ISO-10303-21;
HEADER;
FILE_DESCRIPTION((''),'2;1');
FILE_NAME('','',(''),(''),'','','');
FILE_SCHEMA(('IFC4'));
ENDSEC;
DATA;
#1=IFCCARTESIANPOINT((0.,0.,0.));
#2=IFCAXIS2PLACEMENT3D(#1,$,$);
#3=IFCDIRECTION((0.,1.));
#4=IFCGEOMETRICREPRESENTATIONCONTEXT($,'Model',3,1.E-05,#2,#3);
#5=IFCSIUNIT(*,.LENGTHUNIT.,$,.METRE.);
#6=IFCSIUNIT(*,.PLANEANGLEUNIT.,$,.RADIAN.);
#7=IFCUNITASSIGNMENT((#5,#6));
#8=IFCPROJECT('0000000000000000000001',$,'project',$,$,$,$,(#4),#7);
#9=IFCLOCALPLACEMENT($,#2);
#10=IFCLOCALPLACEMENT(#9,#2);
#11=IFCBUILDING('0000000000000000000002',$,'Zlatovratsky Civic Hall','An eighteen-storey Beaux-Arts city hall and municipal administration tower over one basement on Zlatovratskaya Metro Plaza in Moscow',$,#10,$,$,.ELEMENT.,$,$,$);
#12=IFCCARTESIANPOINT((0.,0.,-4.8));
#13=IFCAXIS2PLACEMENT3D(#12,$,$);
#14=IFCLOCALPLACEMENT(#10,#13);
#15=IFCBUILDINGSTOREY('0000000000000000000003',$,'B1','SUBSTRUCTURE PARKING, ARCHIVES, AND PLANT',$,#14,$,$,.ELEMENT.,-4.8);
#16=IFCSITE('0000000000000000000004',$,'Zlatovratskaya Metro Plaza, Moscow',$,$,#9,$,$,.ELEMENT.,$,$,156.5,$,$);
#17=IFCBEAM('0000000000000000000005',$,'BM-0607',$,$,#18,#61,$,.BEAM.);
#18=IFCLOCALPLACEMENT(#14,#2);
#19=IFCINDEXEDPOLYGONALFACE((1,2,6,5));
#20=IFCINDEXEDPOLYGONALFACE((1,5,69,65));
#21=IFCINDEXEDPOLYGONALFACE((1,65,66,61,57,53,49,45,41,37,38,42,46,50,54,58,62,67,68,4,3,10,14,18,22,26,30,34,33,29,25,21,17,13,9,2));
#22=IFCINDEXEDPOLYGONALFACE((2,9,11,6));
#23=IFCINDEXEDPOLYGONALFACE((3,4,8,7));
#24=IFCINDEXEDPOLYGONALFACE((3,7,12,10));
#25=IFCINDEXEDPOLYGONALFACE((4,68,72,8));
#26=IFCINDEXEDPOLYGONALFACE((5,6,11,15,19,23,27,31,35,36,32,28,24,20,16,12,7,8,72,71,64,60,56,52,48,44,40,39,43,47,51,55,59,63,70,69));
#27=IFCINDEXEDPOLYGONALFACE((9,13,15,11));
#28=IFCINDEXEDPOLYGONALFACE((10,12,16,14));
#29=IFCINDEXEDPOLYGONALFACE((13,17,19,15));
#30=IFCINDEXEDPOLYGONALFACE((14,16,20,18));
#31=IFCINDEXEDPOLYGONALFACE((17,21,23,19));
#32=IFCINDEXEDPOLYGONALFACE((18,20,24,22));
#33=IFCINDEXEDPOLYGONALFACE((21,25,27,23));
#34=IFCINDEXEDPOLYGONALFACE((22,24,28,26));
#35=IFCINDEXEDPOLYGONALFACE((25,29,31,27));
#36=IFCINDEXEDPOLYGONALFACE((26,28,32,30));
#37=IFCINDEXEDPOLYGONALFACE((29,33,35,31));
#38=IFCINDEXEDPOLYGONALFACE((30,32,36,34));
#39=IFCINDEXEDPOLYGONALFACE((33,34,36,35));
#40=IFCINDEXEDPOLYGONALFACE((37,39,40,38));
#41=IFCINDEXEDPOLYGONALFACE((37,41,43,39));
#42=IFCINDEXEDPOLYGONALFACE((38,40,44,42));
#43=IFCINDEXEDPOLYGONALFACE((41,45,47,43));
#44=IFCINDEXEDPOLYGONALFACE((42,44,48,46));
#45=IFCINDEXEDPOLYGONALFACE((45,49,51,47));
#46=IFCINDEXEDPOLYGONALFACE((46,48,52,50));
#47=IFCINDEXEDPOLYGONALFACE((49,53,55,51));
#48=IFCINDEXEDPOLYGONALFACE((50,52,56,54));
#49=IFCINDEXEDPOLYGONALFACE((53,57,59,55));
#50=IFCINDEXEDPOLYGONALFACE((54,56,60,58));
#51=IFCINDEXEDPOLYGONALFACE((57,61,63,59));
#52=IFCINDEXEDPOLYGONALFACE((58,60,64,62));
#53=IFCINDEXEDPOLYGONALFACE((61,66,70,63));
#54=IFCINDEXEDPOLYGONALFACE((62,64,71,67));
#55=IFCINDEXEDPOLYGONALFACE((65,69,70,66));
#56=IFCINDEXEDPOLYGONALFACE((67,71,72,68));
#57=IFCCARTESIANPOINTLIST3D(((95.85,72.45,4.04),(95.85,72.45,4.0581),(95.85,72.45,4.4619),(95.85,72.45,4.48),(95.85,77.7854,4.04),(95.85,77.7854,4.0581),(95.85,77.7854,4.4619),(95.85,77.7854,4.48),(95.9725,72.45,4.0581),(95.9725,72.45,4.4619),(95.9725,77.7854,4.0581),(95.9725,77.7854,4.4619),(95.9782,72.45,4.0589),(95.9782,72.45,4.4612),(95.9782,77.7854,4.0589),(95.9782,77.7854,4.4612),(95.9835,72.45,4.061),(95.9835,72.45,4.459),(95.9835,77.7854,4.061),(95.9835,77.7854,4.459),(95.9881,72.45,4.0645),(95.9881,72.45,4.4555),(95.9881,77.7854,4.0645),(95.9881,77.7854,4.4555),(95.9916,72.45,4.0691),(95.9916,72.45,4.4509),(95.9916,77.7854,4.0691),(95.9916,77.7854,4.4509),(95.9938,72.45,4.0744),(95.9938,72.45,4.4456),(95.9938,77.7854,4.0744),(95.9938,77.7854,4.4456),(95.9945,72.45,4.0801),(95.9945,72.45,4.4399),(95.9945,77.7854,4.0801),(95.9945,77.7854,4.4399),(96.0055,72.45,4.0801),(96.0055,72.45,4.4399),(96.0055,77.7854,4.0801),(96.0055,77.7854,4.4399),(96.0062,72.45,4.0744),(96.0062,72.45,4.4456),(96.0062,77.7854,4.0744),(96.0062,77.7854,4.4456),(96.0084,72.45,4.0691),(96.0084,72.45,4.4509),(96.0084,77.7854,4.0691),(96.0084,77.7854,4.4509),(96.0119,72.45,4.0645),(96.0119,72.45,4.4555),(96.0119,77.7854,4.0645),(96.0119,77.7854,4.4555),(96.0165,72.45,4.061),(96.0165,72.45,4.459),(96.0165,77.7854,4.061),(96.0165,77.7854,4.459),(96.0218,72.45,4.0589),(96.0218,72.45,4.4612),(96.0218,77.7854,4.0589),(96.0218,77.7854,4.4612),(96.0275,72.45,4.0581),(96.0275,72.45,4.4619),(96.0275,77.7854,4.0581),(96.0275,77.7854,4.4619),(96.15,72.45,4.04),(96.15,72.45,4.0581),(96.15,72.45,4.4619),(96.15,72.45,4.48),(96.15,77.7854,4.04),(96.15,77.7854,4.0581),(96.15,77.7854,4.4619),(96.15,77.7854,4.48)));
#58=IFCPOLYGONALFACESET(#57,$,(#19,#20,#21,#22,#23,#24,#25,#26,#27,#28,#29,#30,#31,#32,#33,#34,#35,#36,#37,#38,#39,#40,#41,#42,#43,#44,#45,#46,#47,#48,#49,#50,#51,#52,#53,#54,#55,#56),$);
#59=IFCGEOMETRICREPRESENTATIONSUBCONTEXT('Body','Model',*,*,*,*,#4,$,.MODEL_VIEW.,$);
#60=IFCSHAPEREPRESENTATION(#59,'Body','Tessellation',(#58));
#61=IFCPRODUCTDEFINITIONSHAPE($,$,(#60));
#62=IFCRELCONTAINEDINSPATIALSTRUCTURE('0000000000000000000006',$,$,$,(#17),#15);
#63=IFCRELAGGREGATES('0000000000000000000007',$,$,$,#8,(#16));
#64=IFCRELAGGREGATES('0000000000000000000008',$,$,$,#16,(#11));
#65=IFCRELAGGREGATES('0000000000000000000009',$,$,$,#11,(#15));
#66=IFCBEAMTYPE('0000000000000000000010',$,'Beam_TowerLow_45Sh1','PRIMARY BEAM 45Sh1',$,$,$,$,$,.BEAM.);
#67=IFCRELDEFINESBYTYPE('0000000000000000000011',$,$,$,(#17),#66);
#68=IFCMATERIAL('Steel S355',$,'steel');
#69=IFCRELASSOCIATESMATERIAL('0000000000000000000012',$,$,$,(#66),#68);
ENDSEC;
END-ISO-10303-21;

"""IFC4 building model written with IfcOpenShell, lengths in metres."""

from ifc_helpers import new_model, si_unit, direction, frame, origin, origin_2d, place, context, subcontext, project, spatial, i_section, extrude, material, material_profile, profile_set, type_object, element, save


model = new_model("IFC4")

# Units and contexts
model_context = context("Model", 3, precision=1e-05, world=origin(), true_north=direction((0.0, 1.0)))
body_context = subcontext(model_context, "Body", "Model", "MODEL_VIEW")
ifc_project = project(units=[si_unit("LENGTHUNIT", "METRE"), si_unit("PLANEANGLEUNIT", "RADIAN")], contexts=[model_context])

# Site, building, storey
site_placement = place(None, origin())
site = spatial("IfcSite", under=ifc_project, at=site_placement, Name="Zlatovratskaya Metro Plaza, Moscow", CompositionType="ELEMENT", RefElevation=156.5)
building_placement = place(site_placement, origin())
building = spatial("IfcBuilding", under=site, at=building_placement, Name="Zlatovratsky Civic Hall", Description="An eighteen-storey Beaux-Arts city hall and municipal administration tower over one basement on Zlatovratskaya Metro Plaza in Moscow", CompositionType="ELEMENT")
storey_placement = place(building_placement, frame((0.0, 0.0, -4.8)))
storey = spatial("IfcBuildingStorey", under=building, at=storey_placement, Name="B1", Description="SUBSTRUCTURE PARKING, ARCHIVES, AND PLANT", CompositionType="ELEMENT", Elevation=-4.8)

# Beam
ifc_material_1 = material(Name="Steel S355", Category="steel")
ifc_material_profile_1 = material_profile(ifc_material_1, i_section(OverallWidth=0.3, OverallDepth=0.4399, WebThickness=0.011, FlangeThickness=0.0181, FilletRadius=0.022, at=origin_2d()), Name="45Sh1")
ifc_profile_set_1 = profile_set([ifc_material_profile_1], Name="Steel S355")
beam_type = type_object("IfcBeamType", Name="Beam_TowerLow_45Sh1", Description="PRIMARY BEAM 45Sh1", PredefinedType="BEAM", material=ifc_profile_set_1)
beam_1_placement = place(storey_placement, frame((96.0, 72.45, 4.26), z_axis=(0.0, 1.0, 0.0), x_axis=(-1.0, 0.0, 0.0)))
element("IfcBeam", 1, at=beam_1_placement, inside=storey, type_object=beam_type, Name="BM-0607", PredefinedType="BEAM", context=body_context, shape_type="SweptSolid", body=[
    extrude(i_section(OverallWidth=0.3, OverallDepth=0.4399, WebThickness=0.011, FlangeThickness=0.0181, FilletRadius=0.022, at=origin_2d()), origin(), (0.0, 0.0, 1.0), 5.3354),
])

save(model, "model.ifc")
